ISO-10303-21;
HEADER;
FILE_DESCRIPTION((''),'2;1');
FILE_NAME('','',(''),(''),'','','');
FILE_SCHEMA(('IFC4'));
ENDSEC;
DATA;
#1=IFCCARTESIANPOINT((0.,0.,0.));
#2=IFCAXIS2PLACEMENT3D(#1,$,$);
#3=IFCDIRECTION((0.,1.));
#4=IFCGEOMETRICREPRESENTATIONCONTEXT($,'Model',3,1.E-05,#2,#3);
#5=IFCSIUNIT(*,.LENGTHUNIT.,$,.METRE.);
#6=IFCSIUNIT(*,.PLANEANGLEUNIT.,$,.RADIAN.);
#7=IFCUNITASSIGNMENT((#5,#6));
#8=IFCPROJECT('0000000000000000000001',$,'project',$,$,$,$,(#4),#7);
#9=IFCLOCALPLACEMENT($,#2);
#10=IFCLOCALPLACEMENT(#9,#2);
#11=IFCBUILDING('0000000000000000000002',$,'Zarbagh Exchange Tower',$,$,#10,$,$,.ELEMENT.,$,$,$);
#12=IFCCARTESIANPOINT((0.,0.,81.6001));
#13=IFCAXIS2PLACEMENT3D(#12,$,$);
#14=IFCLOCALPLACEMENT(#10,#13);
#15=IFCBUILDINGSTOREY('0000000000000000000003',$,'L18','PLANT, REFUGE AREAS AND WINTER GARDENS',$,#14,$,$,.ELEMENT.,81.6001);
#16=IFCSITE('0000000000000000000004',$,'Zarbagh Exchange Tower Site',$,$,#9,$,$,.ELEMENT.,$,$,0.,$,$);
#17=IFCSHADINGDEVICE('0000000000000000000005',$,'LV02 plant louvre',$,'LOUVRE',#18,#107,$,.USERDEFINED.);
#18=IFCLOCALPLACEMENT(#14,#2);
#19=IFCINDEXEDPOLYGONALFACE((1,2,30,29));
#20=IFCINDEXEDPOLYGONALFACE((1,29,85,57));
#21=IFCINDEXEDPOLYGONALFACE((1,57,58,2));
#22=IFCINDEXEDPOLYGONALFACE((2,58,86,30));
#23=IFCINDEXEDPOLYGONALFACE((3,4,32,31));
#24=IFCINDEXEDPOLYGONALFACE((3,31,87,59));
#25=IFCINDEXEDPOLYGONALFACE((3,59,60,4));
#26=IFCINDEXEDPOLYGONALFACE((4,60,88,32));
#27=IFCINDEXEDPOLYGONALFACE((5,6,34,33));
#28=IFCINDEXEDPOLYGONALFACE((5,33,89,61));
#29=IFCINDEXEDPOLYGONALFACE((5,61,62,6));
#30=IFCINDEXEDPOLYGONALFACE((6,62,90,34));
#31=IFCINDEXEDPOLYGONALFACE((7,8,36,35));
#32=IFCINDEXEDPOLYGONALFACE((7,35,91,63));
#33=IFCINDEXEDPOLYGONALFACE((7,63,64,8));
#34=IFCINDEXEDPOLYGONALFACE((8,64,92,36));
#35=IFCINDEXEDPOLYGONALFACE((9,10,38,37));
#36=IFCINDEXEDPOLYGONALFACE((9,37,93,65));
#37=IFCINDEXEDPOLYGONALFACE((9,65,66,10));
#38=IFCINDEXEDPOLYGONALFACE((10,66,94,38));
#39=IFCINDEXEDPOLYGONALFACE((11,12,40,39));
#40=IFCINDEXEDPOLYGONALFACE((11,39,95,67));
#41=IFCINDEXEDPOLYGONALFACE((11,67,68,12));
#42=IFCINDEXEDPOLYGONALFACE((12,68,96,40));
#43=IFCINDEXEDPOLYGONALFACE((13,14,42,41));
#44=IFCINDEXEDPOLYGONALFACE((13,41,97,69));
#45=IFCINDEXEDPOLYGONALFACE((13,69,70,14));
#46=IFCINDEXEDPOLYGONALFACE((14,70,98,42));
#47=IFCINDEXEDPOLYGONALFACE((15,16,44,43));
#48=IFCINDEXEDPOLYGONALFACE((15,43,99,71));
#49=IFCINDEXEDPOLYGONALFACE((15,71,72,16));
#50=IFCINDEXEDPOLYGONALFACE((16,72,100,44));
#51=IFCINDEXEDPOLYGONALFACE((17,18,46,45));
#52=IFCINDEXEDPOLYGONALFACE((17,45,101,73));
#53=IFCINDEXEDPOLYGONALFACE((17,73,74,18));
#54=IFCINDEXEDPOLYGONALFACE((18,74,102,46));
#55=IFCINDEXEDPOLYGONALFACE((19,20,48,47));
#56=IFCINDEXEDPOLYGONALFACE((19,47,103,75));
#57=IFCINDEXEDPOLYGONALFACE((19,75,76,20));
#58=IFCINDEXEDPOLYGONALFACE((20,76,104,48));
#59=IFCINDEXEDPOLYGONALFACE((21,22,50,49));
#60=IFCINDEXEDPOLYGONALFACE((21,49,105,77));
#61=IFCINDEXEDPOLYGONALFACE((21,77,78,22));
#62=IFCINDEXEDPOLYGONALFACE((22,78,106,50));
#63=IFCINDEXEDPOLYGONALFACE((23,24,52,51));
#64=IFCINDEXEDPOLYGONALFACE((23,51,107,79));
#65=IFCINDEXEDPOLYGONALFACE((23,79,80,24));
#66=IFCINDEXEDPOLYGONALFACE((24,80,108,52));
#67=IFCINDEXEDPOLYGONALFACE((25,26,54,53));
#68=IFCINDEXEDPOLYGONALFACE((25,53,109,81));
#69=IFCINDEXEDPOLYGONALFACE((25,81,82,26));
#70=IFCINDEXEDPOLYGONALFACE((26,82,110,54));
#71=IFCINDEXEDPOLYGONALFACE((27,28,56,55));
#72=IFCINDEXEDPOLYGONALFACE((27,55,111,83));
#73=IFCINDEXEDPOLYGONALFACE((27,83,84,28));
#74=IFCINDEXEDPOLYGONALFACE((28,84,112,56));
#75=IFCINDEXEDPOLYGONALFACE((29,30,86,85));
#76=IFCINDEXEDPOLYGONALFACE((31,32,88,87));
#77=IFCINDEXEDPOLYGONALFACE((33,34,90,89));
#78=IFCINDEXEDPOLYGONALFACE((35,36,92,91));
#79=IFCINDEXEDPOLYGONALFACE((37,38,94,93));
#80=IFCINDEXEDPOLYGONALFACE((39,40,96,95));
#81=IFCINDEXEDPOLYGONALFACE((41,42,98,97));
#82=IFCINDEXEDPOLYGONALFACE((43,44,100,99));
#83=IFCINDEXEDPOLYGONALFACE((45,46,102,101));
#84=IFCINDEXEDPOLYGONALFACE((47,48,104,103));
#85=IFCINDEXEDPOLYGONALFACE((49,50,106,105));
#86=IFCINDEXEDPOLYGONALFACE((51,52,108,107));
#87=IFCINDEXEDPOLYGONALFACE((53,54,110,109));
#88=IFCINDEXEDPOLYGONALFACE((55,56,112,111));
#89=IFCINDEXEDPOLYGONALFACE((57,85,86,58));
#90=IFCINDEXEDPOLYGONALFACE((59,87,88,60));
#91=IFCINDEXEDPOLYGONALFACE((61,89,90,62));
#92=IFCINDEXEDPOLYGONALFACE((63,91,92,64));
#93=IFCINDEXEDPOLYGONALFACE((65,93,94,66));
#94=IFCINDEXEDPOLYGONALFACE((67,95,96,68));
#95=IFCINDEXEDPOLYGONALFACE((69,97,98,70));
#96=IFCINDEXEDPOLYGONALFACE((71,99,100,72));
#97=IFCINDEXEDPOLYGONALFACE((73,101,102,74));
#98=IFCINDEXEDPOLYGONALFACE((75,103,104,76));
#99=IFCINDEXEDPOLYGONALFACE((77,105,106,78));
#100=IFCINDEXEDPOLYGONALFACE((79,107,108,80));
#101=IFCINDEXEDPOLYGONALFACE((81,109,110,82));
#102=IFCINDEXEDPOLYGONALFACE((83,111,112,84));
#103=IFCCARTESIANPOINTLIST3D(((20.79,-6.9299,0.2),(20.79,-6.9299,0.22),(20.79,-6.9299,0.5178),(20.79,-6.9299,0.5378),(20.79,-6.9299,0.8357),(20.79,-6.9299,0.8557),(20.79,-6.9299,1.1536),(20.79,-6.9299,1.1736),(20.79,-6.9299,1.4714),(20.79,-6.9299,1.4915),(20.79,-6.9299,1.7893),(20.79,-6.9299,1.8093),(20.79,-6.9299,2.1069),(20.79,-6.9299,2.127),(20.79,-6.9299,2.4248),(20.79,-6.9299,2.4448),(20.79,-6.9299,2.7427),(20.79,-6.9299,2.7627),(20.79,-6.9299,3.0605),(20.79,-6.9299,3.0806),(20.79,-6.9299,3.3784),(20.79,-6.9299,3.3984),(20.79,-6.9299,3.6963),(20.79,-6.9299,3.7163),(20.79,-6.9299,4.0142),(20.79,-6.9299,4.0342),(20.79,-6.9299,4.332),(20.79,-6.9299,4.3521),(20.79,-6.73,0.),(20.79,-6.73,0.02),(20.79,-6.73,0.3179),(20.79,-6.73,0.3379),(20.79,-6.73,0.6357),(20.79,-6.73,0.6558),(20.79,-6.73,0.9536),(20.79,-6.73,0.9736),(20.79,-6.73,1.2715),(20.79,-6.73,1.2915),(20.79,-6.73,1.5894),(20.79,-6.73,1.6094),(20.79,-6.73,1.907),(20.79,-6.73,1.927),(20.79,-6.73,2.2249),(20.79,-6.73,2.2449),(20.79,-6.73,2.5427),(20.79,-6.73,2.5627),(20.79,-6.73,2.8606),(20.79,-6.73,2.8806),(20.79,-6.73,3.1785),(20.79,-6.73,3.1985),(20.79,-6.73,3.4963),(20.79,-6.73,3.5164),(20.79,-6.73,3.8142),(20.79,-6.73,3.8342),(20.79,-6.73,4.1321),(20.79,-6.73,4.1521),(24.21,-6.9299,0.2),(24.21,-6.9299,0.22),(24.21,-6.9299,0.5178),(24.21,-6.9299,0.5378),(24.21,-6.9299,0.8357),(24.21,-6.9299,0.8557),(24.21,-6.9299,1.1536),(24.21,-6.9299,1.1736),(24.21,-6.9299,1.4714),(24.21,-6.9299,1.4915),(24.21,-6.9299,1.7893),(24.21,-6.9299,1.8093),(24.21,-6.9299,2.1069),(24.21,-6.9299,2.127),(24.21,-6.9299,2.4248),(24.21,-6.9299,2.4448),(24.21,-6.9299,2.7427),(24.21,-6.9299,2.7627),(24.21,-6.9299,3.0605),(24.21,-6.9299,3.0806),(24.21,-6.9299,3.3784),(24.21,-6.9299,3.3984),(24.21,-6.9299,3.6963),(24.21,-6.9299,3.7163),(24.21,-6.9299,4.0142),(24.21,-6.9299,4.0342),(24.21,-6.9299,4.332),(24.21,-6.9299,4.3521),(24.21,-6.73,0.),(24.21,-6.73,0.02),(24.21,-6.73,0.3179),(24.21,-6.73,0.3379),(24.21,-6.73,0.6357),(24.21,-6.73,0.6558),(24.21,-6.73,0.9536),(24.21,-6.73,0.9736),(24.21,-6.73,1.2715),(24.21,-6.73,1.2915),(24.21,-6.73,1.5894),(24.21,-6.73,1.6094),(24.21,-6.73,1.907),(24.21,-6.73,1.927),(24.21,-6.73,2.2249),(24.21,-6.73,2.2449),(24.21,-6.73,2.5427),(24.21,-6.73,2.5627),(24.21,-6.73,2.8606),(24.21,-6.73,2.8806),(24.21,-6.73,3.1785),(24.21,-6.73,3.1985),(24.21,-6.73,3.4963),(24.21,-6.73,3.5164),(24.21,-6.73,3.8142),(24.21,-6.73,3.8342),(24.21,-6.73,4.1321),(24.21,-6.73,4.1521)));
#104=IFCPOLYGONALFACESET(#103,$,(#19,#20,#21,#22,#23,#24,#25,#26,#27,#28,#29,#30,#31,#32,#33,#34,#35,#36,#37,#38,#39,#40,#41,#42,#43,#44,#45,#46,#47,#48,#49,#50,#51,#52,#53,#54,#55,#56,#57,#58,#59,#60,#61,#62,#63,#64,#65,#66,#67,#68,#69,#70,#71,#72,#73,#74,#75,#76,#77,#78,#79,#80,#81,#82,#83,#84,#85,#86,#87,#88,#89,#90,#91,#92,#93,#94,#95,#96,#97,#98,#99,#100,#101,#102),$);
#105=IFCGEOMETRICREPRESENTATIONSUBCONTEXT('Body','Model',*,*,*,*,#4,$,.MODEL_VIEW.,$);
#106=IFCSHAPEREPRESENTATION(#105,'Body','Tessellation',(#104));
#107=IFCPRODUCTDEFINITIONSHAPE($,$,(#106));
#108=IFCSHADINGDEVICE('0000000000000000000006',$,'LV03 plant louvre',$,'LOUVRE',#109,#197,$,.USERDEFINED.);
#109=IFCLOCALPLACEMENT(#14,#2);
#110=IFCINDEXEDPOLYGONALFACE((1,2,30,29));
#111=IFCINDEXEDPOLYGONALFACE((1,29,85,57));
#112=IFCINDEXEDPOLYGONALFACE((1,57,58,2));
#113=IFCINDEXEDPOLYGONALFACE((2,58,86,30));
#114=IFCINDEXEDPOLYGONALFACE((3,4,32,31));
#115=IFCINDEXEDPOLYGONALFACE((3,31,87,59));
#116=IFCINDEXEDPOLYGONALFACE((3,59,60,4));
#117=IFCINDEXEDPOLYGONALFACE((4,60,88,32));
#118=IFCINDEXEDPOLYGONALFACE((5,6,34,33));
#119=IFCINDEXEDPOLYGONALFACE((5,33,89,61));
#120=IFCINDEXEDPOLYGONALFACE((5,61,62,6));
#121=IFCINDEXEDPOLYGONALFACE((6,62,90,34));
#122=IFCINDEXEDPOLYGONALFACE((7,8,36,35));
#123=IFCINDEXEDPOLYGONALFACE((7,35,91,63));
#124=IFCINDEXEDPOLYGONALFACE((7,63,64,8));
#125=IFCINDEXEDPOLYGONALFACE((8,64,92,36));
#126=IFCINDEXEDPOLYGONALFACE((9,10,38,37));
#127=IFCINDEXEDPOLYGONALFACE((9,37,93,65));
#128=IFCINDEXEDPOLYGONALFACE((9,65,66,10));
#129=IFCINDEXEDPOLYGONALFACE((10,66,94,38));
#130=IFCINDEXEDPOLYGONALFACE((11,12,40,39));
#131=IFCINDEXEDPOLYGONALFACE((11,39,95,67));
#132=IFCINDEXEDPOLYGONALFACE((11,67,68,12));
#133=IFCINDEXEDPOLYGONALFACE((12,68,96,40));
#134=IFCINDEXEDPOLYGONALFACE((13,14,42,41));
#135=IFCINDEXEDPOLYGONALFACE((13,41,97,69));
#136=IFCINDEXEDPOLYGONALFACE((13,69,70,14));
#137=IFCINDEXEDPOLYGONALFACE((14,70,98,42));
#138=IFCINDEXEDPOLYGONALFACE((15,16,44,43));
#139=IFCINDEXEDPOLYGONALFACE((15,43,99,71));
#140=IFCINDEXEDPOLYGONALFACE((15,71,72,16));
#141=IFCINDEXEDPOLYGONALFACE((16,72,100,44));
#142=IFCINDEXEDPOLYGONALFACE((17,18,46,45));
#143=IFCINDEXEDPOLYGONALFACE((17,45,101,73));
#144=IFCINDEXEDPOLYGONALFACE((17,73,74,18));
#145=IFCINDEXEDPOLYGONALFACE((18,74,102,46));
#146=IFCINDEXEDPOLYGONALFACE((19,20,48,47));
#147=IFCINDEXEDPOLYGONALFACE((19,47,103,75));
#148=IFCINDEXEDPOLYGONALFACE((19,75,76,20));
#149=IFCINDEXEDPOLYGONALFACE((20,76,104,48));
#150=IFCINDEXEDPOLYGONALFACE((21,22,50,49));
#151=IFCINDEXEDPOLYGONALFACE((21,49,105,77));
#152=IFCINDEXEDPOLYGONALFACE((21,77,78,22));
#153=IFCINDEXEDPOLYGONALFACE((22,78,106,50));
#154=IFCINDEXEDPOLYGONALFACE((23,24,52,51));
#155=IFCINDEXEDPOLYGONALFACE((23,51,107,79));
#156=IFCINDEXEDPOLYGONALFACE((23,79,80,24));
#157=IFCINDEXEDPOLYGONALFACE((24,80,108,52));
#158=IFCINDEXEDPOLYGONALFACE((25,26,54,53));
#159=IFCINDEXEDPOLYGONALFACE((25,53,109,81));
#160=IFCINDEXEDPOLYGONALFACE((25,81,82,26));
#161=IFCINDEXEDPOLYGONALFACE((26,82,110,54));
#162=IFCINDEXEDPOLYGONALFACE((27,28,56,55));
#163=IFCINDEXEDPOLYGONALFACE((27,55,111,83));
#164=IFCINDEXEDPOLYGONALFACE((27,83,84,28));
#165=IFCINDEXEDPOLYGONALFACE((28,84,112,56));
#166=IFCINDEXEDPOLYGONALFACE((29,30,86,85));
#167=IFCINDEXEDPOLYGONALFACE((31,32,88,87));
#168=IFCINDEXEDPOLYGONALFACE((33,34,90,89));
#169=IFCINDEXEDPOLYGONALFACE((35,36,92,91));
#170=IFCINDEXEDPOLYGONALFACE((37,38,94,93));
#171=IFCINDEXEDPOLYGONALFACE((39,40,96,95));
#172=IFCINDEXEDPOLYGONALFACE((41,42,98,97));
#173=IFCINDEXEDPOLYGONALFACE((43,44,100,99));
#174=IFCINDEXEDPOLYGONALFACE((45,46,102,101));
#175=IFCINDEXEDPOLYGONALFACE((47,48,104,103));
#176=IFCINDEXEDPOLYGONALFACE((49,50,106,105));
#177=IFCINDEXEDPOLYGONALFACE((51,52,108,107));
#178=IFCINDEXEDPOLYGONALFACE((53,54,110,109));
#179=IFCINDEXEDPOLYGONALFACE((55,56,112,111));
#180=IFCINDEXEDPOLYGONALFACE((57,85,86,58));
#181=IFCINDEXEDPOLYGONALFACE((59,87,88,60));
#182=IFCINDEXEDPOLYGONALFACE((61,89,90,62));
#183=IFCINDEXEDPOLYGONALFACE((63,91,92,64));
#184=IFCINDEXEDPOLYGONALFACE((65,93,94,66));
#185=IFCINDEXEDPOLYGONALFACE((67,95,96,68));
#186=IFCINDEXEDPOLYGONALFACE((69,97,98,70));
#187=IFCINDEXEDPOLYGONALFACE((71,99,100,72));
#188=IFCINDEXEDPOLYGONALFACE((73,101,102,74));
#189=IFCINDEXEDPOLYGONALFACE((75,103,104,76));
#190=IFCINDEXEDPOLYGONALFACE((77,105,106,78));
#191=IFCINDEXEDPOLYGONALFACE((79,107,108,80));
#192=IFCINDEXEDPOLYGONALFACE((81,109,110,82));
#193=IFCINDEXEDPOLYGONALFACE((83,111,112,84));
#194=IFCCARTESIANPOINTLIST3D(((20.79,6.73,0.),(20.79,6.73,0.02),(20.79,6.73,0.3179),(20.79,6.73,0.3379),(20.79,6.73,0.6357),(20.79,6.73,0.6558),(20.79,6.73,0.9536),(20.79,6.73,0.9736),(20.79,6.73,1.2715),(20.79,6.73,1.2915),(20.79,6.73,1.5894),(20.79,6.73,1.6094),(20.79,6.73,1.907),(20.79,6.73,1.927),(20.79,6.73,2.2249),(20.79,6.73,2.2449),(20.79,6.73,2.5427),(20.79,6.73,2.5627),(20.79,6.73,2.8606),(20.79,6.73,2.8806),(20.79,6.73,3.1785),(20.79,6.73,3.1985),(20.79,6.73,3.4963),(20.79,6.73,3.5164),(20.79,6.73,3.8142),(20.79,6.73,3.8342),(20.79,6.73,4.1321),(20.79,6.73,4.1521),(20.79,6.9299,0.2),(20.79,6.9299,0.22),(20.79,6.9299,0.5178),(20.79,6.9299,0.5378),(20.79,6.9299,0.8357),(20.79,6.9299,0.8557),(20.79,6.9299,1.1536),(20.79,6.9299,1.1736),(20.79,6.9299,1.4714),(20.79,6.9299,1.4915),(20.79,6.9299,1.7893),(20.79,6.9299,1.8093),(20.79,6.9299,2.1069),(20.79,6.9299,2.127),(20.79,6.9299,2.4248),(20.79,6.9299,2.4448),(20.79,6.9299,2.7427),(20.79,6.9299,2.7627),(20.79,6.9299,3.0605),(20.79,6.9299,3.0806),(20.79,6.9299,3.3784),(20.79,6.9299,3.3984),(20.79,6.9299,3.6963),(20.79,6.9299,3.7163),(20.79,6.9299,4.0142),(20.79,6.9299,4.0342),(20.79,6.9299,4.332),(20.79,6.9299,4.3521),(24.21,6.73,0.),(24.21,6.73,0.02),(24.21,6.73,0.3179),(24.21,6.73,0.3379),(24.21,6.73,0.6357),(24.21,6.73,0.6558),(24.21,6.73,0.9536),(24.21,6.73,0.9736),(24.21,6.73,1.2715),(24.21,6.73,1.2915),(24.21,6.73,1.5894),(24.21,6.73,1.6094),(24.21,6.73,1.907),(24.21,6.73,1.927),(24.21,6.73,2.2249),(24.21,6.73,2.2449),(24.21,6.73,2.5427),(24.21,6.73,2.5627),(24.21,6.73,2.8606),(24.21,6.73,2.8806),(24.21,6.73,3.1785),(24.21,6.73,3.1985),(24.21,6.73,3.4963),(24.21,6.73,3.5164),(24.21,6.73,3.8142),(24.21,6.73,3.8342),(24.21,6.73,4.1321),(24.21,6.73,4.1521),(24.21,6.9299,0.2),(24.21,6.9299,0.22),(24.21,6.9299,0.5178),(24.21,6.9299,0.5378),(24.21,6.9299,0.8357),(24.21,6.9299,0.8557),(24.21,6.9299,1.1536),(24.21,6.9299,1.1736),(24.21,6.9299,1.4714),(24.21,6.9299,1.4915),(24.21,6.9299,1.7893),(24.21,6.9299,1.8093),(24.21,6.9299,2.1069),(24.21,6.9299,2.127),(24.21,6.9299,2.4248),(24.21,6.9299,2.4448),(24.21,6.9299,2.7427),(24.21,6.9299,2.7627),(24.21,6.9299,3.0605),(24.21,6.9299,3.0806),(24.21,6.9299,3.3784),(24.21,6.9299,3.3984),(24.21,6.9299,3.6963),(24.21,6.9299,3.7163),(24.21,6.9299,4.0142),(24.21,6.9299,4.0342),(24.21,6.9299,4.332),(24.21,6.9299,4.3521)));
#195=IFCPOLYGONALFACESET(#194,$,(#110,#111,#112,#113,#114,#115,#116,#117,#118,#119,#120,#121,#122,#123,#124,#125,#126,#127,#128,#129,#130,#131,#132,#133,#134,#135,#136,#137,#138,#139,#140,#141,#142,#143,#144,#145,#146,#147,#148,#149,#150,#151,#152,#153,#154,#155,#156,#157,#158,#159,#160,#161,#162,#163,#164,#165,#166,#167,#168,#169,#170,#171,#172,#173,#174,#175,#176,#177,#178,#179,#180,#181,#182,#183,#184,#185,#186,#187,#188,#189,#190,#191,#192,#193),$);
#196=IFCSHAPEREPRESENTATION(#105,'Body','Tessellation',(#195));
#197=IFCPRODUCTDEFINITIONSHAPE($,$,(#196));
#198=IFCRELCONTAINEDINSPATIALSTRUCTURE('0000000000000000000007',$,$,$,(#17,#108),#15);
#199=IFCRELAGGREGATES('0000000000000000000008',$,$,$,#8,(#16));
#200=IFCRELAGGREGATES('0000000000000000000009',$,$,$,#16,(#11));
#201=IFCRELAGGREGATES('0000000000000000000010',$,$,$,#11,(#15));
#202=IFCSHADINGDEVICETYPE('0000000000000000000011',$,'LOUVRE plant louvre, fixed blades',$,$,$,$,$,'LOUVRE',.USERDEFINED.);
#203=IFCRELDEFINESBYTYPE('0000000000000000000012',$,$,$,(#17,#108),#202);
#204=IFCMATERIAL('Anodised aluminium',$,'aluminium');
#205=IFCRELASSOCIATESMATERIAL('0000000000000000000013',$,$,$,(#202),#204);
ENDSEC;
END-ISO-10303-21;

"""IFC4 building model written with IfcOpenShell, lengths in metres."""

from ifc_helpers import new_model, si_unit, direction, frame, origin, place, context, subcontext, project, spatial, polyline, outline, extrude, source, transform, mapped, material, type_object, element, save


model = new_model("IFC4")

# Units and contexts
model_context = context("Model", 3, precision=1e-05, world=origin(), true_north=direction((0.0, 1.0)))
body_context = subcontext(model_context, "Body", "Model", "MODEL_VIEW")
ifc_project = project(units=[si_unit("LENGTHUNIT", "METRE"), si_unit("PLANEANGLEUNIT", "RADIAN")], contexts=[model_context])

# Site, building, storey
site_placement = place(None, origin())
site = spatial("IfcSite", under=ifc_project, at=site_placement, Name="Zarbagh Exchange Tower Site", CompositionType="ELEMENT", RefElevation=0.0)
building_placement = place(site_placement, origin())
building = spatial("IfcBuilding", under=site, at=building_placement, Name="Zarbagh Exchange Tower", CompositionType="ELEMENT")
storey_placement = place(building_placement, frame((0.0, 0.0, 81.6001)))
storey = spatial("IfcBuildingStorey", under=building, at=storey_placement, Name="L18", Description="PLANT, REFUGE AREAS AND WINTER GARDENS", CompositionType="ELEMENT", Elevation=81.6001)

# Shared definitions
placement = place(storey_placement, origin())

# Shading devices
ifc_material_1 = material(Name="Anodised aluminium", Category="aluminium")
shading_device_type = type_object("IfcShadingDeviceType", Name="LOUVRE plant louvre, fixed blades", ElementType="LOUVRE", PredefinedType="USERDEFINED", material=ifc_material_1)
shared_shape_1 = source(origin(), body_context, "Body", "SweptSolid", [
    extrude(outline(polyline([(0.0, 0.2), (0.2, 0.0), (0.2, -0.02), (0.0, 0.1799), (0.0, 0.2)])), origin(), (0.0, 0.0, 1.0), 3.4199),
])
element("IfcShadingDevice", 1, at=placement, inside=storey, type_object=shading_device_type, Name="LV02 plant louvre", ObjectType="LOUVRE", PredefinedType="USERDEFINED", context=body_context, shape_type="MappedRepresentation", body=[
    mapped(shared_shape_1, transform((20.79, -6.73, 0.2), x_axis=(0.0, -1.0, 0.0), y_axis=(0.0, 0.0, -1.0), z_axis=(1.0, 0.0, 0.0))),
    mapped(shared_shape_1, transform((20.79, -6.73, 0.5178), x_axis=(0.0, -1.0, 0.0), y_axis=(0.0, 0.0, -1.0), z_axis=(1.0, 0.0, 0.0))),
    mapped(shared_shape_1, transform((20.79, -6.73, 0.8357), x_axis=(0.0, -1.0, 0.0), y_axis=(0.0, 0.0, -1.0), z_axis=(1.0, 0.0, 0.0))),
    mapped(shared_shape_1, transform((20.79, -6.73, 1.1536), x_axis=(0.0, -1.0, 0.0), y_axis=(0.0, 0.0, -1.0), z_axis=(1.0, 0.0, 0.0))),
    mapped(shared_shape_1, transform((20.79, -6.73, 1.4714), x_axis=(0.0, -1.0, 0.0), y_axis=(0.0, 0.0, -1.0), z_axis=(1.0, 0.0, 0.0))),
    mapped(shared_shape_1, transform((20.79, -6.73, 1.7893), x_axis=(0.0, -1.0, 0.0), y_axis=(0.0, 0.0, -1.0), z_axis=(1.0, 0.0, 0.0))),
    mapped(shared_shape_1, transform((20.79, -6.73, 2.1069), x_axis=(0.0, -1.0, 0.0), y_axis=(0.0, 0.0, -1.0), z_axis=(1.0, 0.0, 0.0))),
    mapped(shared_shape_1, transform((20.79, -6.73, 2.4248), x_axis=(0.0, -1.0, 0.0), y_axis=(0.0, 0.0, -1.0), z_axis=(1.0, 0.0, 0.0))),
    mapped(shared_shape_1, transform((20.79, -6.73, 2.7427), x_axis=(0.0, -1.0, 0.0), y_axis=(0.0, 0.0, -1.0), z_axis=(1.0, 0.0, 0.0))),
    mapped(shared_shape_1, transform((20.79, -6.73, 3.0605), x_axis=(0.0, -1.0, 0.0), y_axis=(0.0, 0.0, -1.0), z_axis=(1.0, 0.0, 0.0))),
    mapped(shared_shape_1, transform((20.79, -6.73, 3.3784), x_axis=(0.0, -1.0, 0.0), y_axis=(0.0, 0.0, -1.0), z_axis=(1.0, 0.0, 0.0))),
    mapped(shared_shape_1, transform((20.79, -6.73, 3.6963), x_axis=(0.0, -1.0, 0.0), y_axis=(0.0, 0.0, -1.0), z_axis=(1.0, 0.0, 0.0))),
    mapped(shared_shape_1, transform((20.79, -6.73, 4.0142), x_axis=(0.0, -1.0, 0.0), y_axis=(0.0, 0.0, -1.0), z_axis=(1.0, 0.0, 0.0))),
    mapped(shared_shape_1, transform((20.79, -6.73, 4.332), x_axis=(0.0, -1.0, 0.0), y_axis=(0.0, 0.0, -1.0), z_axis=(1.0, 0.0, 0.0))),
])
element("IfcShadingDevice", 2, at=placement, inside=storey, type_object=shading_device_type, Name="LV03 plant louvre", ObjectType="LOUVRE", PredefinedType="USERDEFINED", context=body_context, shape_type="MappedRepresentation", body=[
    mapped(shared_shape_1, transform((24.21, 6.73, 0.2), x_axis=(0.0, 1.0, 0.0), y_axis=(0.0, 0.0, -1.0), z_axis=(-1.0, 0.0, 0.0))),
    mapped(shared_shape_1, transform((24.21, 6.73, 0.5178), x_axis=(0.0, 1.0, 0.0), y_axis=(0.0, 0.0, -1.0), z_axis=(-1.0, 0.0, 0.0))),
    mapped(shared_shape_1, transform((24.21, 6.73, 0.8357), x_axis=(0.0, 1.0, 0.0), y_axis=(0.0, 0.0, -1.0), z_axis=(-1.0, 0.0, 0.0))),
    mapped(shared_shape_1, transform((24.21, 6.73, 1.1536), x_axis=(0.0, 1.0, 0.0), y_axis=(0.0, 0.0, -1.0), z_axis=(-1.0, 0.0, 0.0))),
    mapped(shared_shape_1, transform((24.21, 6.73, 1.4714), x_axis=(0.0, 1.0, 0.0), y_axis=(0.0, 0.0, -1.0), z_axis=(-1.0, 0.0, 0.0))),
    mapped(shared_shape_1, transform((24.21, 6.73, 1.7893), x_axis=(0.0, 1.0, 0.0), y_axis=(0.0, 0.0, -1.0), z_axis=(-1.0, 0.0, 0.0))),
    mapped(shared_shape_1, transform((24.21, 6.73, 2.1069), x_axis=(0.0, 1.0, 0.0), y_axis=(0.0, 0.0, -1.0), z_axis=(-1.0, 0.0, 0.0))),
    mapped(shared_shape_1, transform((24.21, 6.73, 2.4248), x_axis=(0.0, 1.0, 0.0), y_axis=(0.0, 0.0, -1.0), z_axis=(-1.0, 0.0, 0.0))),
    mapped(shared_shape_1, transform((24.21, 6.73, 2.7427), x_axis=(0.0, 1.0, 0.0), y_axis=(0.0, 0.0, -1.0), z_axis=(-1.0, 0.0, 0.0))),
    mapped(shared_shape_1, transform((24.21, 6.73, 3.0605), x_axis=(0.0, 1.0, 0.0), y_axis=(0.0, 0.0, -1.0), z_axis=(-1.0, 0.0, 0.0))),
    mapped(shared_shape_1, transform((24.21, 6.73, 3.3784), x_axis=(0.0, 1.0, 0.0), y_axis=(0.0, 0.0, -1.0), z_axis=(-1.0, 0.0, 0.0))),
    mapped(shared_shape_1, transform((24.21, 6.73, 3.6963), x_axis=(0.0, 1.0, 0.0), y_axis=(0.0, 0.0, -1.0), z_axis=(-1.0, 0.0, 0.0))),
    mapped(shared_shape_1, transform((24.21, 6.73, 4.0142), x_axis=(0.0, 1.0, 0.0), y_axis=(0.0, 0.0, -1.0), z_axis=(-1.0, 0.0, 0.0))),
    mapped(shared_shape_1, transform((24.21, 6.73, 4.332), x_axis=(0.0, 1.0, 0.0), y_axis=(0.0, 0.0, -1.0), z_axis=(-1.0, 0.0, 0.0))),
])

save(model, "model.ifc")
